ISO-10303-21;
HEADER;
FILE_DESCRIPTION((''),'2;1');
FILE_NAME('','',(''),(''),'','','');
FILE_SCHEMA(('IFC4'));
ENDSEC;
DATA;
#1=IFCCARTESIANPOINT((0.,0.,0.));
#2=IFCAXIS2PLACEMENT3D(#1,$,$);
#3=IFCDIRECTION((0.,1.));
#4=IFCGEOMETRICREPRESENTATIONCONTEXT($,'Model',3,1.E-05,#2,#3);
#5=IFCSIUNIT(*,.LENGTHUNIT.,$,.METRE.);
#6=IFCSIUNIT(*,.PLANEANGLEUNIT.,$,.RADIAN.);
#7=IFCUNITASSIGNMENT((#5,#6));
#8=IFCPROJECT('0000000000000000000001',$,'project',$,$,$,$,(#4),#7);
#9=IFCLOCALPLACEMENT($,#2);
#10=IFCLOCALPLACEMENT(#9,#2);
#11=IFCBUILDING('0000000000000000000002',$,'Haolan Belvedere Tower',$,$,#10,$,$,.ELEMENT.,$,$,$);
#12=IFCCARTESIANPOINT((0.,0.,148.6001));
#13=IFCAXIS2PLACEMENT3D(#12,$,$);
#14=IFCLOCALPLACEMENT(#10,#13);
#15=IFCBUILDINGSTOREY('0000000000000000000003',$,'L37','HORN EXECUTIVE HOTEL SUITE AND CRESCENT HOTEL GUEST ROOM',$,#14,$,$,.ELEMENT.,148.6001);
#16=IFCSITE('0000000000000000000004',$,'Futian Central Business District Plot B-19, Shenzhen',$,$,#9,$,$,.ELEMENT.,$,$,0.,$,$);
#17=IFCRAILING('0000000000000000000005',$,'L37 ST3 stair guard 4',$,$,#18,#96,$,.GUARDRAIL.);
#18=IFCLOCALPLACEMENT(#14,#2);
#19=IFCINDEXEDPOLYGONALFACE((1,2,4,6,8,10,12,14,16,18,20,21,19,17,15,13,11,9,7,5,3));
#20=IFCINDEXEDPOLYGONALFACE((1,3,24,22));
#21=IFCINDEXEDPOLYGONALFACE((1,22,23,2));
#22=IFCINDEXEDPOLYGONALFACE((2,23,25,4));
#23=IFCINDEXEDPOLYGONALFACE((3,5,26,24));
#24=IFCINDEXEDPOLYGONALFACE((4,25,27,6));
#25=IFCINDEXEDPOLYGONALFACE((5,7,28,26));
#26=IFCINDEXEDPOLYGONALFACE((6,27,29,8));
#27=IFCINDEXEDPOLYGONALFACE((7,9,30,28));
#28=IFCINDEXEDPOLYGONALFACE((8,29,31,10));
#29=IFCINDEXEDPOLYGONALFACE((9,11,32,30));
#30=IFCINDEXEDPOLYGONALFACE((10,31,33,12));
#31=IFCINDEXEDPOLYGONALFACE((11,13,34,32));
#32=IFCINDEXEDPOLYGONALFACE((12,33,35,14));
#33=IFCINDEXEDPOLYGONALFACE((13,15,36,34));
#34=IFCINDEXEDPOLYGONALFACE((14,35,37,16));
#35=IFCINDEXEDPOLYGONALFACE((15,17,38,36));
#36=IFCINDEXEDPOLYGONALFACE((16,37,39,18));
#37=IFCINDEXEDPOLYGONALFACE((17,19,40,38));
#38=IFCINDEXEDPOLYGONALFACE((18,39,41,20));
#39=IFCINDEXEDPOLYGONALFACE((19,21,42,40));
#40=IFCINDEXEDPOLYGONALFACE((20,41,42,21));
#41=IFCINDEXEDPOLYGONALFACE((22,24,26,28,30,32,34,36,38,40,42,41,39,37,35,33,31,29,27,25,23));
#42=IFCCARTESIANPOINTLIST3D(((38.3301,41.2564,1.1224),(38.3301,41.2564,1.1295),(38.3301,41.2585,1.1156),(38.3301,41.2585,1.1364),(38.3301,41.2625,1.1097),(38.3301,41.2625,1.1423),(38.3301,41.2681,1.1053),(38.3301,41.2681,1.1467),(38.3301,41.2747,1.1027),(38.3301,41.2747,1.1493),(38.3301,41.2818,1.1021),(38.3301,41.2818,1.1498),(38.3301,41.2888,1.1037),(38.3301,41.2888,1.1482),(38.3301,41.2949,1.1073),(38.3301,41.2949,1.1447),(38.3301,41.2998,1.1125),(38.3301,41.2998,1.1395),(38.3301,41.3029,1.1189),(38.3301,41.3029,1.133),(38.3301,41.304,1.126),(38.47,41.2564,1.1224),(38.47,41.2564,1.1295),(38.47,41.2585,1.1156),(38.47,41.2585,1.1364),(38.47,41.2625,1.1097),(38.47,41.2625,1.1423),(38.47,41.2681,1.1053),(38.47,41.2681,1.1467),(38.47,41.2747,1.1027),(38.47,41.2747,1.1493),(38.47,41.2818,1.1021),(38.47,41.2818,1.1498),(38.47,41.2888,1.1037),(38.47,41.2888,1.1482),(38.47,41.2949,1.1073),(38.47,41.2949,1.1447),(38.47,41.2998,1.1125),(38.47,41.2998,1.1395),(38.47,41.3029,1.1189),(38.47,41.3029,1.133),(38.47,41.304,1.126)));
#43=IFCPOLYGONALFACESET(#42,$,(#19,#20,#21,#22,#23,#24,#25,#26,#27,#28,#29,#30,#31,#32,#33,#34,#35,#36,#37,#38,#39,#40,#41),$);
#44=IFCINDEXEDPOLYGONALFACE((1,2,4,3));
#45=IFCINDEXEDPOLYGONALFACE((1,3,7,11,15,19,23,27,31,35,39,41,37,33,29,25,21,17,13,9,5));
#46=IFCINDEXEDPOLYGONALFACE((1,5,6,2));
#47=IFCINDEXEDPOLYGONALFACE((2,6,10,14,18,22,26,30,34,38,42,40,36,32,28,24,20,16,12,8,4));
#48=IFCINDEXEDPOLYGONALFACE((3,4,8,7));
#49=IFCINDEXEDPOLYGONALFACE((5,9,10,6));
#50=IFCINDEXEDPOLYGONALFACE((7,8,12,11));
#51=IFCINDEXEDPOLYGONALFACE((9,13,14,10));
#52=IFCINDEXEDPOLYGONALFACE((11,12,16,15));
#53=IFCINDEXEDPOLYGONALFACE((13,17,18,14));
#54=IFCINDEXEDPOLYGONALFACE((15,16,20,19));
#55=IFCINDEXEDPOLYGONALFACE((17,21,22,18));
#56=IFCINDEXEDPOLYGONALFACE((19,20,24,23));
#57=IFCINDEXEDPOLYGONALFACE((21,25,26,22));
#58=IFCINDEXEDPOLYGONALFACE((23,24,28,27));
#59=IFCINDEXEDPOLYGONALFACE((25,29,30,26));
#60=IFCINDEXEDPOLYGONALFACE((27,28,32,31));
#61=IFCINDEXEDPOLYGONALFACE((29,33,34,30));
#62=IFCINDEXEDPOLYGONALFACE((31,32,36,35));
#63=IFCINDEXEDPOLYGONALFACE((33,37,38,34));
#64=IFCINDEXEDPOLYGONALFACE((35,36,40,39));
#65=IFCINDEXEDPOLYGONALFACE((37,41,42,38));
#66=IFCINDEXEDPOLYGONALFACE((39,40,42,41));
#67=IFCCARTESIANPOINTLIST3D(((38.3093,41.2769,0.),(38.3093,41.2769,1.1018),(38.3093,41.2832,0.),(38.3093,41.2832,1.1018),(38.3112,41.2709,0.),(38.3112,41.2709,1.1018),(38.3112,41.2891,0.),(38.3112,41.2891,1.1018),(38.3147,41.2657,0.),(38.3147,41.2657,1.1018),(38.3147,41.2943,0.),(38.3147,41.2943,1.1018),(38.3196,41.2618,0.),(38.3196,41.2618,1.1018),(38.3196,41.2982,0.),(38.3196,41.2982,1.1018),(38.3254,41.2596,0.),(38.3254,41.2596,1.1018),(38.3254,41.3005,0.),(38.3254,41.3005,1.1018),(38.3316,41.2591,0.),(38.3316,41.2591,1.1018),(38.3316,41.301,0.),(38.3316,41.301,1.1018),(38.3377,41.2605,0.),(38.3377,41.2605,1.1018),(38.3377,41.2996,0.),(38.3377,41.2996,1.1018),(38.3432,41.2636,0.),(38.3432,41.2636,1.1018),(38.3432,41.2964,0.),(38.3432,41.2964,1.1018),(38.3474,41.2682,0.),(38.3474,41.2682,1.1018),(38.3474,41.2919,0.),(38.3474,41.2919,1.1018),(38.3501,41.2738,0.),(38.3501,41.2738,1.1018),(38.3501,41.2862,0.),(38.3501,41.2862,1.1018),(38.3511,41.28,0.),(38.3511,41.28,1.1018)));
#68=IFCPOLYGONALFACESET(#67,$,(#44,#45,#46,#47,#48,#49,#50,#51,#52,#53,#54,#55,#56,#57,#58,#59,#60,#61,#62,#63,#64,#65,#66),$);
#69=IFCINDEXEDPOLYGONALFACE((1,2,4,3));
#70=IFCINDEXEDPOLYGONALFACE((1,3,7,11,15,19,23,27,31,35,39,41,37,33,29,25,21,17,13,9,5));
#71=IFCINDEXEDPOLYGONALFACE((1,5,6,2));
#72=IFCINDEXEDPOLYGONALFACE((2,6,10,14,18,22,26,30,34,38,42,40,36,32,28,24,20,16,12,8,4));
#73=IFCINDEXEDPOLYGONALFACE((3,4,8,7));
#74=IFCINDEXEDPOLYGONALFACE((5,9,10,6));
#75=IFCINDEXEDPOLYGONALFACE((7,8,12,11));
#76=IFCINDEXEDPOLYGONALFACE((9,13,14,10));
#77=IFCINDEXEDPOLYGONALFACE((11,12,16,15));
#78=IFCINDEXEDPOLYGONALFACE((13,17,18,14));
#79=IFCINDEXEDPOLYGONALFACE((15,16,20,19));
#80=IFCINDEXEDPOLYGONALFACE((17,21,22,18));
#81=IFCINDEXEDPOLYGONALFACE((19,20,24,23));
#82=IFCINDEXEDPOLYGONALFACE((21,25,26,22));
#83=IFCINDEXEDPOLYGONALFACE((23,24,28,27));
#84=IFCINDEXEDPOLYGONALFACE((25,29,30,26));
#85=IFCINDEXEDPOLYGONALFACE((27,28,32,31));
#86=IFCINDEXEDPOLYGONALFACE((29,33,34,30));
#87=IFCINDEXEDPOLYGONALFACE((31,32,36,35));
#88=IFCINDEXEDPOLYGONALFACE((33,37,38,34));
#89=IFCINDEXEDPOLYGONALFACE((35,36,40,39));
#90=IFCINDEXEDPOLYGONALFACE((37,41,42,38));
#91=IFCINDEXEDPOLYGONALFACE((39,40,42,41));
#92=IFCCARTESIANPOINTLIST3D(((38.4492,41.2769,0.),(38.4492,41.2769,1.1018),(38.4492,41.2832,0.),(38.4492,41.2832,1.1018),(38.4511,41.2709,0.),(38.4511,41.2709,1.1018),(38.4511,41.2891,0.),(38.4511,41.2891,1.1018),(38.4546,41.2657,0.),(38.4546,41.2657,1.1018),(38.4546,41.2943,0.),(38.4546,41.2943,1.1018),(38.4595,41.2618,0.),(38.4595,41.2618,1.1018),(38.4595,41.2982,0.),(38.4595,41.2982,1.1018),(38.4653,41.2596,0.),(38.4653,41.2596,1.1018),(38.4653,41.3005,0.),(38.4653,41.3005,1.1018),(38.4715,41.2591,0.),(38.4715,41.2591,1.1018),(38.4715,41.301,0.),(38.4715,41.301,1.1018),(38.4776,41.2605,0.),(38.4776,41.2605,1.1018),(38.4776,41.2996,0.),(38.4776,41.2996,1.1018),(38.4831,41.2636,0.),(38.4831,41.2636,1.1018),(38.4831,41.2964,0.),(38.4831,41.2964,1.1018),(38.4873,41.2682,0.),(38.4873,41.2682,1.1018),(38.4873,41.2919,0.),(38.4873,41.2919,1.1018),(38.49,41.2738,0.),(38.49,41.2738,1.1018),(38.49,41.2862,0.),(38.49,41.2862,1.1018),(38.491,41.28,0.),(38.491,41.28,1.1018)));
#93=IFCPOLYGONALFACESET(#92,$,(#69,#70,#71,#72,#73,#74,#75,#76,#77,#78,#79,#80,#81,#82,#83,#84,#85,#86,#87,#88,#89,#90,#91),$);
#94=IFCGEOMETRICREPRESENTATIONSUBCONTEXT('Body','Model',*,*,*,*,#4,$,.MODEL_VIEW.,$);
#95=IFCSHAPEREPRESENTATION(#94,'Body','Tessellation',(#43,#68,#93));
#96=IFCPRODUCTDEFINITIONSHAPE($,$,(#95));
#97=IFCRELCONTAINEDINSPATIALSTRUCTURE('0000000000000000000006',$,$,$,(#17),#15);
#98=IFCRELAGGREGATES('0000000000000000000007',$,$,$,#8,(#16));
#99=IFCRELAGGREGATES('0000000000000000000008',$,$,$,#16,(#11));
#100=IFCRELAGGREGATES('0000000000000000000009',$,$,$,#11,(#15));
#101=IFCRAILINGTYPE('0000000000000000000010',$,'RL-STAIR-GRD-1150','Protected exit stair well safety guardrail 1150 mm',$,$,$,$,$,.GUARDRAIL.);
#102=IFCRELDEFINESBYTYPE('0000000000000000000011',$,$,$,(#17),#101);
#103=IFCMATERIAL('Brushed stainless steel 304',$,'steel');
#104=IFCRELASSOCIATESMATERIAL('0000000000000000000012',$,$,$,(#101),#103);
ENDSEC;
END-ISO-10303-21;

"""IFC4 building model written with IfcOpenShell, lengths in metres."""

from ifc_helpers import new_model, si_unit, direction, frame, origin, origin_2d, place, context, subcontext, project, spatial, circle, extrude, material, type_object, element, save


model = new_model("IFC4")

# Units and contexts
model_context = context("Model", 3, precision=1e-05, world=origin(), true_north=direction((0.0, 1.0)))
body_context = subcontext(model_context, "Body", "Model", "MODEL_VIEW")
ifc_project = project(units=[si_unit("LENGTHUNIT", "METRE"), si_unit("PLANEANGLEUNIT", "RADIAN")], contexts=[model_context])

# Site, building, storey
site_placement = place(None, origin())
site = spatial("IfcSite", under=ifc_project, at=site_placement, Name="Futian Central Business District Plot B-19, Shenzhen", CompositionType="ELEMENT", RefElevation=0.0)
building_placement = place(site_placement, origin())
building = spatial("IfcBuilding", under=site, at=building_placement, Name="Haolan Belvedere Tower", CompositionType="ELEMENT")
storey_placement = place(building_placement, frame((0.0, 0.0, 148.6001)))
storey = spatial("IfcBuildingStorey", under=building, at=storey_placement, Name="L37", Description="HORN EXECUTIVE HOTEL SUITE AND CRESCENT HOTEL GUEST ROOM", CompositionType="ELEMENT", Elevation=148.6001)

# Railing
ifc_material_1 = material(Name="Brushed stainless steel 304", Category="steel")
railing_type_1 = type_object("IfcRailingType", Name="RL-STAIR-GRD-1150", Description="Protected exit stair well safety guardrail 1150 mm", PredefinedType="GUARDRAIL", material=ifc_material_1)
railing_1_placement = place(storey_placement, frame((38.3301, 41.28, 0.0)))
element("IfcRailing", 1, at=railing_1_placement, inside=storey, type_object=railing_type_1, Name="L37 ST3 stair guard 4", PredefinedType="GUARDRAIL", context=body_context, shape_type="SweptSolid", body=[
    extrude(circle(Radius=0.0239, at=origin_2d()), frame((0.0, 0.0, 1.126), z_axis=(1.0, 0.0, 0.0), x_axis=(0.0, 1.0, 0.0)), (0.0, 0.0, 1.0), 0.1399),
    extrude(circle(Radius=0.021, at=origin_2d()), origin(), (0.0, 0.0, 1.0), 1.1018),
    extrude(circle(Radius=0.021, at=origin_2d()), frame((0.1399, 0.0, 0.0)), (0.0, 0.0, 1.0), 1.1018),
])

save(model, "model.ifc")
